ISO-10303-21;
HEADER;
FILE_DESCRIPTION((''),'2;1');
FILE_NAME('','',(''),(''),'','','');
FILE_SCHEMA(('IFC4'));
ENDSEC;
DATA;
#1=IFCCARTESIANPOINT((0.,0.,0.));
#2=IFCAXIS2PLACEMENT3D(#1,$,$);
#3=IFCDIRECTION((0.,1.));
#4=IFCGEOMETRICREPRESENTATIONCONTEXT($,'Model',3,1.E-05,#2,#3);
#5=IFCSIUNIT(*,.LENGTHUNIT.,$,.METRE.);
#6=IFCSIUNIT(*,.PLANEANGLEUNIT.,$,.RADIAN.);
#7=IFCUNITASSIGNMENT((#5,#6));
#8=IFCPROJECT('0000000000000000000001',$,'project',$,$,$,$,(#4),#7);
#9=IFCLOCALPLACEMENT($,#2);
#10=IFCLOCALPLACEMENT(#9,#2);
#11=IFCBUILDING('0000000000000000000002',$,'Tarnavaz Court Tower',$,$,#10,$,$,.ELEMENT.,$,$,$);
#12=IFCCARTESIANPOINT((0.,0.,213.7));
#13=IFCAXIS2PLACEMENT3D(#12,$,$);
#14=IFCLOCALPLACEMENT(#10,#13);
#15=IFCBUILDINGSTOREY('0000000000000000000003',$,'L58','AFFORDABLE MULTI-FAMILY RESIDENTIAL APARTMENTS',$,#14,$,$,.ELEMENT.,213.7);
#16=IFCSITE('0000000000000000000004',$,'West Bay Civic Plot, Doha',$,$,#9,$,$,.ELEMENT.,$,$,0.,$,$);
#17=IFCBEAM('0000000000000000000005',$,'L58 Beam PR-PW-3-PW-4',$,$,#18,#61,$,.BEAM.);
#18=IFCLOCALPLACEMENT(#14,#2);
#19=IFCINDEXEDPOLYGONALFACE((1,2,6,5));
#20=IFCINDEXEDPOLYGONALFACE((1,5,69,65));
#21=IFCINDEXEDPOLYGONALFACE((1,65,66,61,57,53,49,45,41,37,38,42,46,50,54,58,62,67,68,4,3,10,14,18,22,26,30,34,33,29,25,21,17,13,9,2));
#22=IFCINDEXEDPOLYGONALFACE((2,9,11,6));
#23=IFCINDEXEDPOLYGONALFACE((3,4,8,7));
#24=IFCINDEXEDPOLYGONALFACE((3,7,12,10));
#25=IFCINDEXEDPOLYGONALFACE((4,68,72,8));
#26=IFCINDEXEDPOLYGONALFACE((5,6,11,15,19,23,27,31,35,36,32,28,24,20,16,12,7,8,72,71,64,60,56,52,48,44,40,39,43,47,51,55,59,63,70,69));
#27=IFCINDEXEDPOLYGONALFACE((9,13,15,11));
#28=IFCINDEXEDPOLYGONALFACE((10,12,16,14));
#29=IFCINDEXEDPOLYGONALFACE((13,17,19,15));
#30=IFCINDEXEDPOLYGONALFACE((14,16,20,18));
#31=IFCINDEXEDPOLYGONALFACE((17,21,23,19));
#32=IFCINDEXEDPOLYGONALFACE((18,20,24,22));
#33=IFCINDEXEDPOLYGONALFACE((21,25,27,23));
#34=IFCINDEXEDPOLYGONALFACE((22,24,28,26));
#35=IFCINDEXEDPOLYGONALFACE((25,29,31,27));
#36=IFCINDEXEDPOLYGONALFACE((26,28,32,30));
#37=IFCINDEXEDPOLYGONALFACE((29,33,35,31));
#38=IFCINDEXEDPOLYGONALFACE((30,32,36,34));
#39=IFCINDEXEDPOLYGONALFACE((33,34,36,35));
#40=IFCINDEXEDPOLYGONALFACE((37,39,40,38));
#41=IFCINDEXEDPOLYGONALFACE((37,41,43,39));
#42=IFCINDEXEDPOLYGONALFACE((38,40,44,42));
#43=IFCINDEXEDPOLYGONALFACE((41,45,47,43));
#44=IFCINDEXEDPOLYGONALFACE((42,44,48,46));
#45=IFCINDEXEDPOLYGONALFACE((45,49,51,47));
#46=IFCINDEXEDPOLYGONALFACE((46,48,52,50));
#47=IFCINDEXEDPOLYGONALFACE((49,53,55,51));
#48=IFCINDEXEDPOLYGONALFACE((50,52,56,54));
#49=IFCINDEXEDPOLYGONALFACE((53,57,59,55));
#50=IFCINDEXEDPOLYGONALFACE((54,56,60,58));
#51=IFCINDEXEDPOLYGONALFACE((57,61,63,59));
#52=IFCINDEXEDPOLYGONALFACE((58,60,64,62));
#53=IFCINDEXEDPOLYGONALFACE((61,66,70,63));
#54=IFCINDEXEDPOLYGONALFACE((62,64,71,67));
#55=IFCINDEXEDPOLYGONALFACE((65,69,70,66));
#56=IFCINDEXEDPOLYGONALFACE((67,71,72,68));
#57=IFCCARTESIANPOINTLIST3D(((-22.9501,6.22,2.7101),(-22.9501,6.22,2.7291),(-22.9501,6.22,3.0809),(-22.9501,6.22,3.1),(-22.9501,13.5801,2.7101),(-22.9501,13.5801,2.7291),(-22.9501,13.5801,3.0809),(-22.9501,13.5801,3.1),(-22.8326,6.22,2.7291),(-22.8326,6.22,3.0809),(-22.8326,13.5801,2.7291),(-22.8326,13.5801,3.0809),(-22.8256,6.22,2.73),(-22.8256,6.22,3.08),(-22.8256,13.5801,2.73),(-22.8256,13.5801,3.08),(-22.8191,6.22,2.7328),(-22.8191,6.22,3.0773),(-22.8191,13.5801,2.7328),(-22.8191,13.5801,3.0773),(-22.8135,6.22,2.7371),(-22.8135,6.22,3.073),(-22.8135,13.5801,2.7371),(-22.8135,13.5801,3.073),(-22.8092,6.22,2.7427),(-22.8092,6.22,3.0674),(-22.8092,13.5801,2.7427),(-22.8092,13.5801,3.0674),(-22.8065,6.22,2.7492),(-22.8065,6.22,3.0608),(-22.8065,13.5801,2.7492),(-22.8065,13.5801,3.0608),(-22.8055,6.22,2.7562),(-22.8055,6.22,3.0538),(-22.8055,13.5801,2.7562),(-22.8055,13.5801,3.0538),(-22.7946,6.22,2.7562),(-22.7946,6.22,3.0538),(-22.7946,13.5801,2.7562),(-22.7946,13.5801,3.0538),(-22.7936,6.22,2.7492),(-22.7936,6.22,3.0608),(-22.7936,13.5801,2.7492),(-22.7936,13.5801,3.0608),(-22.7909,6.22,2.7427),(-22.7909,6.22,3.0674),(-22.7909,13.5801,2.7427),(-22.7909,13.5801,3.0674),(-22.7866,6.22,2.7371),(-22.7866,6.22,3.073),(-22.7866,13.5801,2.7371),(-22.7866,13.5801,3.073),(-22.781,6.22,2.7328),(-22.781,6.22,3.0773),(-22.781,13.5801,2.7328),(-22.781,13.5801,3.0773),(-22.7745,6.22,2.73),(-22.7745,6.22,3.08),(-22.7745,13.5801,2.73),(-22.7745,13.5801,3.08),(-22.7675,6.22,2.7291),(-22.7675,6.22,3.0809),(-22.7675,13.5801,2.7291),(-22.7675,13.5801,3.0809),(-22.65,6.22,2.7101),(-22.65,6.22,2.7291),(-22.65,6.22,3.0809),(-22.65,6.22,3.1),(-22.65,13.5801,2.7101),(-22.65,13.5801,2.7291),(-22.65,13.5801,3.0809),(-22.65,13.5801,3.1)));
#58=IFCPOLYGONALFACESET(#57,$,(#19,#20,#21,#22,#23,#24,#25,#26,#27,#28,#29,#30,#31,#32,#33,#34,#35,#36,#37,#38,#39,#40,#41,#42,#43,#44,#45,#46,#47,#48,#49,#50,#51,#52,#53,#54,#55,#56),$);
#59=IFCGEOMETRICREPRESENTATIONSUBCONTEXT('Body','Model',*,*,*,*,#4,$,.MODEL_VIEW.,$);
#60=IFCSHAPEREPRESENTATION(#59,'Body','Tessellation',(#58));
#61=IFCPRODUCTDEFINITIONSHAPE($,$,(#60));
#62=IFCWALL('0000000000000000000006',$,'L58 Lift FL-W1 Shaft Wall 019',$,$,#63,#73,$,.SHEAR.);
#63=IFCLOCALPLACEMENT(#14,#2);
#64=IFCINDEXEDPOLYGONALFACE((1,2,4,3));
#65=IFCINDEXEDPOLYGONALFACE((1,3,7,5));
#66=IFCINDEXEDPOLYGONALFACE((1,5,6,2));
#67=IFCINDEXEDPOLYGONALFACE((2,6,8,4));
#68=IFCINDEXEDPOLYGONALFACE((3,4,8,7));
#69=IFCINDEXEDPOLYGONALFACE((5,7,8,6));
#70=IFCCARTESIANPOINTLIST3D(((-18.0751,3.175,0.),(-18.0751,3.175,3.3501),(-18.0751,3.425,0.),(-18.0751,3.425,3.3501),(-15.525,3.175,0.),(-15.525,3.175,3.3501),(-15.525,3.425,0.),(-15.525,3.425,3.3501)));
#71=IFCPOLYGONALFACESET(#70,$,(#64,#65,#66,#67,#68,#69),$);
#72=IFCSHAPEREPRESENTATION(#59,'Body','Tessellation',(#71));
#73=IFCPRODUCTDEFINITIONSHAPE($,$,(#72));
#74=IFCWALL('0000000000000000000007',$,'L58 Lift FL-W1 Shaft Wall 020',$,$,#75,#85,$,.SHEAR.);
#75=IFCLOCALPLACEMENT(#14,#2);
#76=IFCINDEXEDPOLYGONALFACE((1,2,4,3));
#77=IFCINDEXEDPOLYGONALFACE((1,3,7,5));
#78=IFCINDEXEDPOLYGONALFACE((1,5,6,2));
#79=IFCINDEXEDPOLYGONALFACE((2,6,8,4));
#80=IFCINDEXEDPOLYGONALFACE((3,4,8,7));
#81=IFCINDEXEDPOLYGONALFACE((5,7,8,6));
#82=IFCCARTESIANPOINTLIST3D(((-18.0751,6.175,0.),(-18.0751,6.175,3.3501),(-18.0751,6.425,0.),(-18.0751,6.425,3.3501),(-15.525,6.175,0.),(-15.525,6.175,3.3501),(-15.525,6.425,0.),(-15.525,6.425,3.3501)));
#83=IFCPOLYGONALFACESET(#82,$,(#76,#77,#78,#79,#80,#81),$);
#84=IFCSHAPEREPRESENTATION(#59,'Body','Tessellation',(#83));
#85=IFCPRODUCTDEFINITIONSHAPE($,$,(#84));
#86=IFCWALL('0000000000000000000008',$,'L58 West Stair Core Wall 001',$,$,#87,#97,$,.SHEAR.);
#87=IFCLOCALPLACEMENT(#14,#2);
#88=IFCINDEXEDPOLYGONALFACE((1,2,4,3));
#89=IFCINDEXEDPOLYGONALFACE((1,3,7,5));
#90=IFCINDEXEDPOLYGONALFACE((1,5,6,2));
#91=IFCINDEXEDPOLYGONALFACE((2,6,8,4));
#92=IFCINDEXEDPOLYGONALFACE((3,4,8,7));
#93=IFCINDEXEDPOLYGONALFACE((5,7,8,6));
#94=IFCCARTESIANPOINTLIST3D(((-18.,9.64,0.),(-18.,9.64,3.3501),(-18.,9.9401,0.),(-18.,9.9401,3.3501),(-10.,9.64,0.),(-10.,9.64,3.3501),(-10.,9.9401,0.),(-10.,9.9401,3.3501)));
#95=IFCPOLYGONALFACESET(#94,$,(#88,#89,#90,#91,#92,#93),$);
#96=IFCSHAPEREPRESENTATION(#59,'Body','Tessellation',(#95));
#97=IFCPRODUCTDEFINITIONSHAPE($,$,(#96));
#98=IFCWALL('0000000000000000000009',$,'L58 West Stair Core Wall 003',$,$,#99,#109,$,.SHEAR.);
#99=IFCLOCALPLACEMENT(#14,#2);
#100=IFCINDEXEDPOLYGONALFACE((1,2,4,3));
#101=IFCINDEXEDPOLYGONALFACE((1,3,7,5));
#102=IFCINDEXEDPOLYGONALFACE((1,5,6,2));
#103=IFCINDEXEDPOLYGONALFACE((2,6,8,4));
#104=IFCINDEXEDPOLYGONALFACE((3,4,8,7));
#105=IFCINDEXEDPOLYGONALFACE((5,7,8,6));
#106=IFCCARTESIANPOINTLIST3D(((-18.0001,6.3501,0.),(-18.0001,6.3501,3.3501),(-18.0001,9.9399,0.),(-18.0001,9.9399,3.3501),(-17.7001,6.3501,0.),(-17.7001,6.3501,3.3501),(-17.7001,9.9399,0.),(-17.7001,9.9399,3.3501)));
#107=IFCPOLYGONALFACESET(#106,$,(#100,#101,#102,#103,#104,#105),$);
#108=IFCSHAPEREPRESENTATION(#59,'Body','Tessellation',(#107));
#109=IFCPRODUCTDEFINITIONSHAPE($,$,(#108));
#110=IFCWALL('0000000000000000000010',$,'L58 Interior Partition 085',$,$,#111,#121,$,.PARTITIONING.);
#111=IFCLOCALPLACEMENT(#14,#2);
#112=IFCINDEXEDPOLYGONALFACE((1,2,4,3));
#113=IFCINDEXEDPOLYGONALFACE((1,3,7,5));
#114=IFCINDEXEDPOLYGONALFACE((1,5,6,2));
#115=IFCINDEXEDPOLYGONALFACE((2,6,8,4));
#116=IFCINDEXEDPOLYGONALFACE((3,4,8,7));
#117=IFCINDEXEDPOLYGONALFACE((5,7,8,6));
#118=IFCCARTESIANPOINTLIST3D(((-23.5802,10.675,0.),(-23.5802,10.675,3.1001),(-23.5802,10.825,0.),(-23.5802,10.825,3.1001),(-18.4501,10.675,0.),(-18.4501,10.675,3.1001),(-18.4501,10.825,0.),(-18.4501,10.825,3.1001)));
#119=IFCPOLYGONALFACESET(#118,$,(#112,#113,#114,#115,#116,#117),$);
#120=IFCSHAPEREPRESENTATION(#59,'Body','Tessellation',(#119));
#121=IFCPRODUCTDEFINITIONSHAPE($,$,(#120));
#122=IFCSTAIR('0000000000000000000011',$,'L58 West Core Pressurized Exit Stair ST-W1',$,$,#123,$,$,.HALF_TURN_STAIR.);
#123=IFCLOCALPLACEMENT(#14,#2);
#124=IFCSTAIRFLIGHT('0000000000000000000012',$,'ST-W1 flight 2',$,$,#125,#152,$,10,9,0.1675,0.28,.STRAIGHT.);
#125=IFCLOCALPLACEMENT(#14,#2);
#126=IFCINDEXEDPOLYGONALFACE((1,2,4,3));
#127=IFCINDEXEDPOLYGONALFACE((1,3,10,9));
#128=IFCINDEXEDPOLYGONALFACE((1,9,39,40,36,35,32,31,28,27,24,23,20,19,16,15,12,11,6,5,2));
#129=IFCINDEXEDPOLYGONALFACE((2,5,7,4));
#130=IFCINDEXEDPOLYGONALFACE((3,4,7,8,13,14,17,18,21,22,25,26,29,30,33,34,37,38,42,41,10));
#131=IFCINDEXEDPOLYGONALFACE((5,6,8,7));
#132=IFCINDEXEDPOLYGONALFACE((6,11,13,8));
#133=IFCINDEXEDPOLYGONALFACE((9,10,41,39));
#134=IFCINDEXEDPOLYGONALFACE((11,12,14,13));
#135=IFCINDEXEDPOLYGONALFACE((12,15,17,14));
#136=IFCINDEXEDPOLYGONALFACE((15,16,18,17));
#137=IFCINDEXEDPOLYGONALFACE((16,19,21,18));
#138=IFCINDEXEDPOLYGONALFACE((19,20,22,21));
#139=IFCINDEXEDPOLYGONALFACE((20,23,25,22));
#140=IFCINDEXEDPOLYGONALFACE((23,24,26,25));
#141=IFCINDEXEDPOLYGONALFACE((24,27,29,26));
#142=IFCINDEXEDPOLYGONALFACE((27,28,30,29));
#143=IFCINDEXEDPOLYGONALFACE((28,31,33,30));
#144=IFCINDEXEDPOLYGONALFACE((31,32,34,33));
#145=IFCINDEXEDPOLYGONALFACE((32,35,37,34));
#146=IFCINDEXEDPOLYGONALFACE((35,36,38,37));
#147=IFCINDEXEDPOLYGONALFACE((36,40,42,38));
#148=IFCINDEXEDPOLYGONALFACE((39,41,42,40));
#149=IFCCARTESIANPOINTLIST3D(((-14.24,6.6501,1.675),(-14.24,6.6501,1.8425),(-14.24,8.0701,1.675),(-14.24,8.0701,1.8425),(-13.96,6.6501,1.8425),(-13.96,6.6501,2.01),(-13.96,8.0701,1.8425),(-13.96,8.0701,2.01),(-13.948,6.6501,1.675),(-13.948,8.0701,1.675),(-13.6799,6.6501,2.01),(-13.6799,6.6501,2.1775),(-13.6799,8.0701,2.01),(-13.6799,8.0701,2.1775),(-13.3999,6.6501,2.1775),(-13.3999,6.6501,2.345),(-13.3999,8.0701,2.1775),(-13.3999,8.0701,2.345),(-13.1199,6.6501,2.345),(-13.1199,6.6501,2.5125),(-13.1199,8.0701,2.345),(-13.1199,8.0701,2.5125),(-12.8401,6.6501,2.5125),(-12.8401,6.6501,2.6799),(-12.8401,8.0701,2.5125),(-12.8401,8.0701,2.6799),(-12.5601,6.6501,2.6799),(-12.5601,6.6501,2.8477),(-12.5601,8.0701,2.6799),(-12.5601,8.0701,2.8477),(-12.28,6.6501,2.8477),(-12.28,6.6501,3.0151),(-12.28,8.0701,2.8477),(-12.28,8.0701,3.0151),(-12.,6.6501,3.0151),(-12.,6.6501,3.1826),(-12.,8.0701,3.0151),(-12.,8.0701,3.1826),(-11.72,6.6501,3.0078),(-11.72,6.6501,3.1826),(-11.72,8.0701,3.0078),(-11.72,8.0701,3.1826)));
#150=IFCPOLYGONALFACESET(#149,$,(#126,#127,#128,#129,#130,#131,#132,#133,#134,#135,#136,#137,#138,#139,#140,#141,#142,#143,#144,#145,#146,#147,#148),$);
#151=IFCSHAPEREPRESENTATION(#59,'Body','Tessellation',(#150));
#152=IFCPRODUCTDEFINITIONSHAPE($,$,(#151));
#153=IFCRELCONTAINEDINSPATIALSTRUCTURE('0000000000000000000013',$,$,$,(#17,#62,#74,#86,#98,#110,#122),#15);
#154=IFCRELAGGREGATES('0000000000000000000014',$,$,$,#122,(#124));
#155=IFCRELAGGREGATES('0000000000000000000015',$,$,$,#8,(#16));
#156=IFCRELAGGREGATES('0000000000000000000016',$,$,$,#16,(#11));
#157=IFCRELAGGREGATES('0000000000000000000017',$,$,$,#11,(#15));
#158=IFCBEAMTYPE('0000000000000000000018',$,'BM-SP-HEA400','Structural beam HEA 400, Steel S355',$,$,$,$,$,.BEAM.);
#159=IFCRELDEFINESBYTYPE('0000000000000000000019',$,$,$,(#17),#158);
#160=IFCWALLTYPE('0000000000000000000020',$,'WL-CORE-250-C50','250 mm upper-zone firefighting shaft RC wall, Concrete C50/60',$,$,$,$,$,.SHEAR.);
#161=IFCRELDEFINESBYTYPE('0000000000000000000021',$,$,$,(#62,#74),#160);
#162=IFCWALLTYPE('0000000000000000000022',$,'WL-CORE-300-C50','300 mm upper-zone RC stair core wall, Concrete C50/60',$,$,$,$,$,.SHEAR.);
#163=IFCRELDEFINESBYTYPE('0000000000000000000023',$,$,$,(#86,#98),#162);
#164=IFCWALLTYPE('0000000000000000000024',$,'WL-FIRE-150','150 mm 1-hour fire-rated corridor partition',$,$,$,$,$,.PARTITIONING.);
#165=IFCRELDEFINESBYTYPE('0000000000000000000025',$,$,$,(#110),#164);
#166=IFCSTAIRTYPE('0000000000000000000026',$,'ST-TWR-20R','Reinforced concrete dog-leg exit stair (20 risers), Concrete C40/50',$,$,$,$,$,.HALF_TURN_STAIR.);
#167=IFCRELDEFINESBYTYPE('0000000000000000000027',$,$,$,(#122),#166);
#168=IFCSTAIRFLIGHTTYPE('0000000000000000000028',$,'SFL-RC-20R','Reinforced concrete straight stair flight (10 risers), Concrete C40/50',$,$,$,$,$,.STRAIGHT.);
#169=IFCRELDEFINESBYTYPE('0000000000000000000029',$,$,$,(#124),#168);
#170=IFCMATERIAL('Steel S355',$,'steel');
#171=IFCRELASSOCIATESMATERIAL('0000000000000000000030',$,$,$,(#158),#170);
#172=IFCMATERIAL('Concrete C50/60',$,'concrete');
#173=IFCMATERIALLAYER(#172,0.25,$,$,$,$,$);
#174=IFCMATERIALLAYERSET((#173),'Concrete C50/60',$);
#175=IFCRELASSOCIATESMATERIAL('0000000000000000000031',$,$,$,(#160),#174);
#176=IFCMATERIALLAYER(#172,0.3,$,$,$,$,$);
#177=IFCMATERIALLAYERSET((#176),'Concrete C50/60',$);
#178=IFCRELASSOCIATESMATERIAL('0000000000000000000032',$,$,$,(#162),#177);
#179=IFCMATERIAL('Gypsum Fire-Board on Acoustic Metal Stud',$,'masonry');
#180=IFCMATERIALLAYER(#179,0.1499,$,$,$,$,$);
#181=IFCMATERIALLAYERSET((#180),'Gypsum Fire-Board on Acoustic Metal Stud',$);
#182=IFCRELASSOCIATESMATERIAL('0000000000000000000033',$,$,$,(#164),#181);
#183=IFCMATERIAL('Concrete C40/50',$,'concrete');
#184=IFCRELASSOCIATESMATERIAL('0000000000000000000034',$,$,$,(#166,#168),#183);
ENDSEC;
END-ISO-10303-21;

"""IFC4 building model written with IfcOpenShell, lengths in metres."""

from ifc_helpers import new_model, si_unit, direction, frame, frame_2d, origin, origin_2d, place, context, subcontext, project, spatial, polyline, rectangle, i_section, outline, extrude, material, layer, layer_set, material_profile, profile_set, type_object, element, aggregate, save


model = new_model("IFC4")

# Units and contexts
model_context = context("Model", 3, precision=1e-05, world=origin(), true_north=direction((0.0, 1.0)))
body_context = subcontext(model_context, "Body", "Model", "MODEL_VIEW")
ifc_project = project(units=[si_unit("LENGTHUNIT", "METRE"), si_unit("PLANEANGLEUNIT", "RADIAN")], contexts=[model_context])

# Site, building, storey
site_placement = place(None, origin())
site = spatial("IfcSite", under=ifc_project, at=site_placement, Name="West Bay Civic Plot, Doha", CompositionType="ELEMENT", RefElevation=0.0)
building_placement = place(site_placement, origin())
building = spatial("IfcBuilding", under=site, at=building_placement, Name="Tarnavaz Court Tower", CompositionType="ELEMENT")
storey_placement = place(building_placement, frame((0.0, 0.0, 213.7)))
storey = spatial("IfcBuildingStorey", under=building, at=storey_placement, Name="L58", Description="AFFORDABLE MULTI-FAMILY RESIDENTIAL APARTMENTS", CompositionType="ELEMENT", Elevation=213.7)

# Shared definitions
ifc_material_1 = material(Name="Concrete C50/60", Category="concrete")

# Beam
ifc_material_2 = material(Name="Steel S355", Category="steel")
ifc_material_profile_1 = material_profile(ifc_material_2, i_section(OverallWidth=0.3, OverallDepth=0.3899, WebThickness=0.011, FlangeThickness=0.019, FilletRadius=0.0271, at=origin_2d()), Name="HEA 400")
ifc_profile_set_1 = profile_set([ifc_material_profile_1], Name="Steel S355")
beam_type_1 = type_object("IfcBeamType", Name="BM-SP-HEA400", Description="Structural beam HEA 400, Steel S355", PredefinedType="BEAM", material=ifc_profile_set_1)
beam_1_placement = place(storey_placement, frame((-22.8, 6.22, 2.905), z_axis=(0.0, 1.0, 0.0), x_axis=(-1.0, 0.0, 0.0)))
element("IfcBeam", 1, at=beam_1_placement, inside=storey, type_object=beam_type_1, Name="L58 Beam PR-PW-3-PW-4", PredefinedType="BEAM", context=body_context, shape_type="SweptSolid", body=[
    extrude(i_section(OverallWidth=0.3, OverallDepth=0.3899, WebThickness=0.011, FlangeThickness=0.019, FilletRadius=0.0271, at=origin_2d()), origin(), (0.0, 0.0, 1.0), 7.3601),
])

# Walls
ifc_layer_1 = layer(ifc_material_1, 0.25)
ifc_layer_set_1 = layer_set([ifc_layer_1], Name="Concrete C50/60")
wall_type_1 = type_object("IfcWallType", Name="WL-CORE-250-C50", Description="250 mm upper-zone firefighting shaft RC wall, Concrete C50/60", PredefinedType="SHEAR", material=ifc_layer_set_1)
for number, where, z_axis, x_axis, name in (
    (2, (-18.075, 3.3, 0.0), (0.0, 0.0, 1.0), (1.0, 0.0, 0.0), "L58 Lift FL-W1 Shaft Wall 019"),
    (3, (-18.075, 6.3, 0.0), (0.0, 0.0, 1.0), (1.0, 0.0, 0.0), "L58 Lift FL-W1 Shaft Wall 020"),
):
    element("IfcWall", number, at=place(storey_placement, frame(where, z_axis=z_axis, x_axis=x_axis)), inside=storey, type_object=wall_type_1, Name=name, PredefinedType="SHEAR", context=body_context, shape_type="SweptSolid", body=[
        extrude(rectangle(XDim=2.55, YDim=0.25, at=frame_2d((1.2749, 0.0))), origin(), (0.0, 0.0, 1.0), 3.3501),
    ])
ifc_layer_2 = layer(ifc_material_1, 0.3)
ifc_layer_set_2 = layer_set([ifc_layer_2], Name="Concrete C50/60")
wall_type_2 = type_object("IfcWallType", Name="WL-CORE-300-C50", Description="300 mm upper-zone RC stair core wall, Concrete C50/60", PredefinedType="SHEAR", material=ifc_layer_set_2)
wall_1_placement = place(storey_placement, frame((-18.0, 9.79, 0.0), z_axis=(0.0, 0.0, 1.0), x_axis=(1.0, 0.0, 0.0)))
element("IfcWall", 4, at=wall_1_placement, inside=storey, type_object=wall_type_2, Name="L58 West Stair Core Wall 001", PredefinedType="SHEAR", context=body_context, shape_type="SweptSolid", body=[
    extrude(rectangle(XDim=8.0, YDim=0.3, at=frame_2d((4.0, 0.0))), origin(), (0.0, 0.0, 1.0), 3.3501),
])

# Walls
wall_2_placement = place(storey_placement, frame((-17.8501, 6.3501, 0.0), z_axis=(0.0, 0.0, 1.0), x_axis=(0.0, 1.0, 0.0)))
element("IfcWall", 5, at=wall_2_placement, inside=storey, type_object=wall_type_2, Name="L58 West Stair Core Wall 003", PredefinedType="SHEAR", context=body_context, shape_type="SweptSolid", body=[
    extrude(rectangle(XDim=3.5898, YDim=0.3, at=frame_2d((1.7949, 0.0))), origin(), (0.0, 0.0, 1.0), 3.3501),
])
ifc_material_3 = material(Name="Gypsum Fire-Board on Acoustic Metal Stud", Category="masonry")
ifc_layer_3 = layer(ifc_material_3, 0.1499)
ifc_layer_set_3 = layer_set([ifc_layer_3], Name="Gypsum Fire-Board on Acoustic Metal Stud")
wall_type_3 = type_object("IfcWallType", Name="WL-FIRE-150", Description="150 mm 1-hour fire-rated corridor partition", PredefinedType="PARTITIONING", material=ifc_layer_set_3)
wall_3_placement = place(storey_placement, frame((-23.5801, 10.75, 0.0), z_axis=(0.0, 0.0, 1.0), x_axis=(1.0, 0.0, 0.0)))
element("IfcWall", 6, at=wall_3_placement, inside=storey, type_object=wall_type_3, Name="L58 Interior Partition 085", PredefinedType="PARTITIONING", context=body_context, shape_type="SweptSolid", body=[
    extrude(rectangle(XDim=5.1301, YDim=0.1499, at=frame_2d((2.5649, 0.0))), origin(), (0.0, 0.0, 1.0), 3.1001),
])

# Stair, stair flight
ifc_material_4 = material(Name="Concrete C40/50", Category="concrete")
stair_type = type_object("IfcStairType", Name="ST-TWR-20R", Description="Reinforced concrete dog-leg exit stair (20 risers), Concrete C40/50", PredefinedType="HALF_TURN_STAIR", material=ifc_material_4)
stair_placement = place(storey_placement, origin())
stair = element("IfcStair", 7, at=stair_placement, inside=storey, type_object=stair_type, Name="L58 West Core Pressurized Exit Stair ST-W1", PredefinedType="HALF_TURN_STAIR")
stair_flight_type = type_object("IfcStairFlightType", Name="SFL-RC-20R", Description="Reinforced concrete straight stair flight (10 risers), Concrete C40/50", PredefinedType="STRAIGHT", material=ifc_material_4)
stair_flight_placement = place(storey_placement, frame((-14.24, 7.3601, 1.675), z_axis=(0.0, 0.0, 1.0), x_axis=(1.0, 0.0, 0.0)))
stair_flight = element("IfcStairFlight", 8, at=stair_flight_placement, type_object=stair_flight_type, Name="ST-W1 flight 2", NumberOfRisers=10, NumberOfTreads=9, PredefinedType="STRAIGHT", RiserHeight=0.1675, TreadLength=0.28, context=body_context, shape_type="SweptSolid", body=[
    extrude(outline(polyline([(0.0, 0.0), (0.0, 0.1675), (0.28, 0.1675), (0.28, 0.335), (0.5601, 0.335), (0.5601, 0.5024), (0.8401, 0.5024), (0.8401, 0.6699), (1.1201, 0.6699), (1.1201, 0.8374), (1.3999, 0.8374), (1.3999, 1.0049), (1.6799, 1.0049), (1.6799, 1.1726), (1.96, 1.1726), (1.96, 1.3401), (2.24, 1.3401), (2.24, 1.5076), (2.52, 1.5076), (2.52, 1.675), (2.52, 1.3328), (0.292, 0.0), (0.0, 0.0)])), frame((0.0, 0.71, 0.0), z_axis=(0.0, -1.0, 0.0), x_axis=(1.0, 0.0, 0.0)), (0.0, 0.0, 1.0), 1.4199),
])
aggregate(stair, [stair_flight])

save(model, "model.ifc")
